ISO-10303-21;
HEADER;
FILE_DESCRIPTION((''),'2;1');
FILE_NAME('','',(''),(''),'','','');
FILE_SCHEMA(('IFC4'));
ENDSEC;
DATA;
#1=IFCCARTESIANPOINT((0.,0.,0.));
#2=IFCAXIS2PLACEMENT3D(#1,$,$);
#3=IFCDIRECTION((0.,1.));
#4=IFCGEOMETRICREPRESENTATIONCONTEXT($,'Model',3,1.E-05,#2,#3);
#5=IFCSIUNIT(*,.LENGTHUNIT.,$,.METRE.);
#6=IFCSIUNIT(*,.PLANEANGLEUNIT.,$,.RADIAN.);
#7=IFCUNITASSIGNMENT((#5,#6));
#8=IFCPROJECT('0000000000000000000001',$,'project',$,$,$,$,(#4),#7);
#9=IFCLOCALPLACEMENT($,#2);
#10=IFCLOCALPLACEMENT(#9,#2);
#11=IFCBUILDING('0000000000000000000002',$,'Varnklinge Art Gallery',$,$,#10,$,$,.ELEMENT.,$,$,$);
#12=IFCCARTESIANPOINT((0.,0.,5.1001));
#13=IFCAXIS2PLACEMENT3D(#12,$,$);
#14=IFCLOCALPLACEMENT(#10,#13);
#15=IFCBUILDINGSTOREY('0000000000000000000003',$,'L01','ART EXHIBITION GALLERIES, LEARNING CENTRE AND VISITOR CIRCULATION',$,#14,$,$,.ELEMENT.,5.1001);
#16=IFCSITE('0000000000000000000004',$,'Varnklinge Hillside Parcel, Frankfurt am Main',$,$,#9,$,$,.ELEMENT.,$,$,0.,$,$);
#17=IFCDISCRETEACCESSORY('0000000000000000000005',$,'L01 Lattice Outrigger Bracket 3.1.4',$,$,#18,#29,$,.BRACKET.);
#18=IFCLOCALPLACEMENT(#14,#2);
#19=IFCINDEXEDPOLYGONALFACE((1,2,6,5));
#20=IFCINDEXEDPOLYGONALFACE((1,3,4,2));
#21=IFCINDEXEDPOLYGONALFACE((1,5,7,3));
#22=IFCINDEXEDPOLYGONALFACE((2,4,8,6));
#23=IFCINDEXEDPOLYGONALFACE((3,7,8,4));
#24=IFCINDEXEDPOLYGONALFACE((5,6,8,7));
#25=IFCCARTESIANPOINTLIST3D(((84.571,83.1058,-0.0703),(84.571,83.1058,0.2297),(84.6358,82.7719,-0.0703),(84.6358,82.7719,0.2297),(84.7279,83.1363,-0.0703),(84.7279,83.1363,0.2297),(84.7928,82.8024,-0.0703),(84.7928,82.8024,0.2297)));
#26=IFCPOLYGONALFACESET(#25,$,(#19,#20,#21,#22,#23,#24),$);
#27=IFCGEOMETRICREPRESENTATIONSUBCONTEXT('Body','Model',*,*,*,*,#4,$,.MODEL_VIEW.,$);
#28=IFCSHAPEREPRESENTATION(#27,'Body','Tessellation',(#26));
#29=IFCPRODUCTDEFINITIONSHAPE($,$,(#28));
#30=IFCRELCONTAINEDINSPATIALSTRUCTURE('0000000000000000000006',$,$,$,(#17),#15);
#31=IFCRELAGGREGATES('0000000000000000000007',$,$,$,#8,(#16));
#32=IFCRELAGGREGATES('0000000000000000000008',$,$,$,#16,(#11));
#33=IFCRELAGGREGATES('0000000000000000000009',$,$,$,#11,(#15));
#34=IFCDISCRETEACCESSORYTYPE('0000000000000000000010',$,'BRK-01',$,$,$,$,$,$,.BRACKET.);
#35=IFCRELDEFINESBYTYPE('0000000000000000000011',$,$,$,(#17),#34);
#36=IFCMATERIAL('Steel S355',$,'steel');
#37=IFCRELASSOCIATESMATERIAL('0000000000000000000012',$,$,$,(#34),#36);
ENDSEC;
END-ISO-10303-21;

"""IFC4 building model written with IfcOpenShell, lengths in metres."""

from ifc_helpers import new_model, si_unit, direction, frame, origin, origin_2d, place, context, subcontext, project, spatial, rectangle, extrude, material, type_object, element, save


model = new_model("IFC4")

# Units and contexts
model_context = context("Model", 3, precision=1e-05, world=origin(), true_north=direction((0.0, 1.0)))
body_context = subcontext(model_context, "Body", "Model", "MODEL_VIEW")
ifc_project = project(units=[si_unit("LENGTHUNIT", "METRE"), si_unit("PLANEANGLEUNIT", "RADIAN")], contexts=[model_context])

# Site, building, storey
site_placement = place(None, origin())
site = spatial("IfcSite", under=ifc_project, at=site_placement, Name="Varnklinge Hillside Parcel, Frankfurt am Main", CompositionType="ELEMENT", RefElevation=0.0)
building_placement = place(site_placement, origin())
building = spatial("IfcBuilding", under=site, at=building_placement, Name="Varnklinge Art Gallery", CompositionType="ELEMENT")
storey_placement = place(building_placement, frame((0.0, 0.0, 5.1001)))
storey = spatial("IfcBuildingStorey", under=building, at=storey_placement, Name="L01", Description="ART EXHIBITION GALLERIES, LEARNING CENTRE AND VISITOR CIRCULATION", CompositionType="ELEMENT", Elevation=5.1001)

# Discrete accessory
ifc_material_1 = material(Name="Steel S355", Category="steel")
discrete_accessory_type = type_object("IfcDiscreteAccessoryType", Name="BRK-01", PredefinedType="BRACKET", material=ifc_material_1)
for number, where, z_axis, x_axis, name in (
    (1, (84.6819, 82.9541, -0.0703), (0.0, 0.0, 1.0), (-0.981627, -0.190809, 0.0), "L01 Lattice Outrigger Bracket 3.1.4"),
):
    element("IfcDiscreteAccessory", number, at=place(storey_placement, frame(where, z_axis=z_axis, x_axis=x_axis)), inside=storey, type_object=discrete_accessory_type, Name=name, PredefinedType="BRACKET", context=body_context, shape_type="SweptSolid", body=[
        extrude(rectangle(XDim=0.1599, YDim=0.3401, at=origin_2d()), origin(), (0.0, 0.0, 1.0), 0.3),
    ])

save(model, "model.ifc")
